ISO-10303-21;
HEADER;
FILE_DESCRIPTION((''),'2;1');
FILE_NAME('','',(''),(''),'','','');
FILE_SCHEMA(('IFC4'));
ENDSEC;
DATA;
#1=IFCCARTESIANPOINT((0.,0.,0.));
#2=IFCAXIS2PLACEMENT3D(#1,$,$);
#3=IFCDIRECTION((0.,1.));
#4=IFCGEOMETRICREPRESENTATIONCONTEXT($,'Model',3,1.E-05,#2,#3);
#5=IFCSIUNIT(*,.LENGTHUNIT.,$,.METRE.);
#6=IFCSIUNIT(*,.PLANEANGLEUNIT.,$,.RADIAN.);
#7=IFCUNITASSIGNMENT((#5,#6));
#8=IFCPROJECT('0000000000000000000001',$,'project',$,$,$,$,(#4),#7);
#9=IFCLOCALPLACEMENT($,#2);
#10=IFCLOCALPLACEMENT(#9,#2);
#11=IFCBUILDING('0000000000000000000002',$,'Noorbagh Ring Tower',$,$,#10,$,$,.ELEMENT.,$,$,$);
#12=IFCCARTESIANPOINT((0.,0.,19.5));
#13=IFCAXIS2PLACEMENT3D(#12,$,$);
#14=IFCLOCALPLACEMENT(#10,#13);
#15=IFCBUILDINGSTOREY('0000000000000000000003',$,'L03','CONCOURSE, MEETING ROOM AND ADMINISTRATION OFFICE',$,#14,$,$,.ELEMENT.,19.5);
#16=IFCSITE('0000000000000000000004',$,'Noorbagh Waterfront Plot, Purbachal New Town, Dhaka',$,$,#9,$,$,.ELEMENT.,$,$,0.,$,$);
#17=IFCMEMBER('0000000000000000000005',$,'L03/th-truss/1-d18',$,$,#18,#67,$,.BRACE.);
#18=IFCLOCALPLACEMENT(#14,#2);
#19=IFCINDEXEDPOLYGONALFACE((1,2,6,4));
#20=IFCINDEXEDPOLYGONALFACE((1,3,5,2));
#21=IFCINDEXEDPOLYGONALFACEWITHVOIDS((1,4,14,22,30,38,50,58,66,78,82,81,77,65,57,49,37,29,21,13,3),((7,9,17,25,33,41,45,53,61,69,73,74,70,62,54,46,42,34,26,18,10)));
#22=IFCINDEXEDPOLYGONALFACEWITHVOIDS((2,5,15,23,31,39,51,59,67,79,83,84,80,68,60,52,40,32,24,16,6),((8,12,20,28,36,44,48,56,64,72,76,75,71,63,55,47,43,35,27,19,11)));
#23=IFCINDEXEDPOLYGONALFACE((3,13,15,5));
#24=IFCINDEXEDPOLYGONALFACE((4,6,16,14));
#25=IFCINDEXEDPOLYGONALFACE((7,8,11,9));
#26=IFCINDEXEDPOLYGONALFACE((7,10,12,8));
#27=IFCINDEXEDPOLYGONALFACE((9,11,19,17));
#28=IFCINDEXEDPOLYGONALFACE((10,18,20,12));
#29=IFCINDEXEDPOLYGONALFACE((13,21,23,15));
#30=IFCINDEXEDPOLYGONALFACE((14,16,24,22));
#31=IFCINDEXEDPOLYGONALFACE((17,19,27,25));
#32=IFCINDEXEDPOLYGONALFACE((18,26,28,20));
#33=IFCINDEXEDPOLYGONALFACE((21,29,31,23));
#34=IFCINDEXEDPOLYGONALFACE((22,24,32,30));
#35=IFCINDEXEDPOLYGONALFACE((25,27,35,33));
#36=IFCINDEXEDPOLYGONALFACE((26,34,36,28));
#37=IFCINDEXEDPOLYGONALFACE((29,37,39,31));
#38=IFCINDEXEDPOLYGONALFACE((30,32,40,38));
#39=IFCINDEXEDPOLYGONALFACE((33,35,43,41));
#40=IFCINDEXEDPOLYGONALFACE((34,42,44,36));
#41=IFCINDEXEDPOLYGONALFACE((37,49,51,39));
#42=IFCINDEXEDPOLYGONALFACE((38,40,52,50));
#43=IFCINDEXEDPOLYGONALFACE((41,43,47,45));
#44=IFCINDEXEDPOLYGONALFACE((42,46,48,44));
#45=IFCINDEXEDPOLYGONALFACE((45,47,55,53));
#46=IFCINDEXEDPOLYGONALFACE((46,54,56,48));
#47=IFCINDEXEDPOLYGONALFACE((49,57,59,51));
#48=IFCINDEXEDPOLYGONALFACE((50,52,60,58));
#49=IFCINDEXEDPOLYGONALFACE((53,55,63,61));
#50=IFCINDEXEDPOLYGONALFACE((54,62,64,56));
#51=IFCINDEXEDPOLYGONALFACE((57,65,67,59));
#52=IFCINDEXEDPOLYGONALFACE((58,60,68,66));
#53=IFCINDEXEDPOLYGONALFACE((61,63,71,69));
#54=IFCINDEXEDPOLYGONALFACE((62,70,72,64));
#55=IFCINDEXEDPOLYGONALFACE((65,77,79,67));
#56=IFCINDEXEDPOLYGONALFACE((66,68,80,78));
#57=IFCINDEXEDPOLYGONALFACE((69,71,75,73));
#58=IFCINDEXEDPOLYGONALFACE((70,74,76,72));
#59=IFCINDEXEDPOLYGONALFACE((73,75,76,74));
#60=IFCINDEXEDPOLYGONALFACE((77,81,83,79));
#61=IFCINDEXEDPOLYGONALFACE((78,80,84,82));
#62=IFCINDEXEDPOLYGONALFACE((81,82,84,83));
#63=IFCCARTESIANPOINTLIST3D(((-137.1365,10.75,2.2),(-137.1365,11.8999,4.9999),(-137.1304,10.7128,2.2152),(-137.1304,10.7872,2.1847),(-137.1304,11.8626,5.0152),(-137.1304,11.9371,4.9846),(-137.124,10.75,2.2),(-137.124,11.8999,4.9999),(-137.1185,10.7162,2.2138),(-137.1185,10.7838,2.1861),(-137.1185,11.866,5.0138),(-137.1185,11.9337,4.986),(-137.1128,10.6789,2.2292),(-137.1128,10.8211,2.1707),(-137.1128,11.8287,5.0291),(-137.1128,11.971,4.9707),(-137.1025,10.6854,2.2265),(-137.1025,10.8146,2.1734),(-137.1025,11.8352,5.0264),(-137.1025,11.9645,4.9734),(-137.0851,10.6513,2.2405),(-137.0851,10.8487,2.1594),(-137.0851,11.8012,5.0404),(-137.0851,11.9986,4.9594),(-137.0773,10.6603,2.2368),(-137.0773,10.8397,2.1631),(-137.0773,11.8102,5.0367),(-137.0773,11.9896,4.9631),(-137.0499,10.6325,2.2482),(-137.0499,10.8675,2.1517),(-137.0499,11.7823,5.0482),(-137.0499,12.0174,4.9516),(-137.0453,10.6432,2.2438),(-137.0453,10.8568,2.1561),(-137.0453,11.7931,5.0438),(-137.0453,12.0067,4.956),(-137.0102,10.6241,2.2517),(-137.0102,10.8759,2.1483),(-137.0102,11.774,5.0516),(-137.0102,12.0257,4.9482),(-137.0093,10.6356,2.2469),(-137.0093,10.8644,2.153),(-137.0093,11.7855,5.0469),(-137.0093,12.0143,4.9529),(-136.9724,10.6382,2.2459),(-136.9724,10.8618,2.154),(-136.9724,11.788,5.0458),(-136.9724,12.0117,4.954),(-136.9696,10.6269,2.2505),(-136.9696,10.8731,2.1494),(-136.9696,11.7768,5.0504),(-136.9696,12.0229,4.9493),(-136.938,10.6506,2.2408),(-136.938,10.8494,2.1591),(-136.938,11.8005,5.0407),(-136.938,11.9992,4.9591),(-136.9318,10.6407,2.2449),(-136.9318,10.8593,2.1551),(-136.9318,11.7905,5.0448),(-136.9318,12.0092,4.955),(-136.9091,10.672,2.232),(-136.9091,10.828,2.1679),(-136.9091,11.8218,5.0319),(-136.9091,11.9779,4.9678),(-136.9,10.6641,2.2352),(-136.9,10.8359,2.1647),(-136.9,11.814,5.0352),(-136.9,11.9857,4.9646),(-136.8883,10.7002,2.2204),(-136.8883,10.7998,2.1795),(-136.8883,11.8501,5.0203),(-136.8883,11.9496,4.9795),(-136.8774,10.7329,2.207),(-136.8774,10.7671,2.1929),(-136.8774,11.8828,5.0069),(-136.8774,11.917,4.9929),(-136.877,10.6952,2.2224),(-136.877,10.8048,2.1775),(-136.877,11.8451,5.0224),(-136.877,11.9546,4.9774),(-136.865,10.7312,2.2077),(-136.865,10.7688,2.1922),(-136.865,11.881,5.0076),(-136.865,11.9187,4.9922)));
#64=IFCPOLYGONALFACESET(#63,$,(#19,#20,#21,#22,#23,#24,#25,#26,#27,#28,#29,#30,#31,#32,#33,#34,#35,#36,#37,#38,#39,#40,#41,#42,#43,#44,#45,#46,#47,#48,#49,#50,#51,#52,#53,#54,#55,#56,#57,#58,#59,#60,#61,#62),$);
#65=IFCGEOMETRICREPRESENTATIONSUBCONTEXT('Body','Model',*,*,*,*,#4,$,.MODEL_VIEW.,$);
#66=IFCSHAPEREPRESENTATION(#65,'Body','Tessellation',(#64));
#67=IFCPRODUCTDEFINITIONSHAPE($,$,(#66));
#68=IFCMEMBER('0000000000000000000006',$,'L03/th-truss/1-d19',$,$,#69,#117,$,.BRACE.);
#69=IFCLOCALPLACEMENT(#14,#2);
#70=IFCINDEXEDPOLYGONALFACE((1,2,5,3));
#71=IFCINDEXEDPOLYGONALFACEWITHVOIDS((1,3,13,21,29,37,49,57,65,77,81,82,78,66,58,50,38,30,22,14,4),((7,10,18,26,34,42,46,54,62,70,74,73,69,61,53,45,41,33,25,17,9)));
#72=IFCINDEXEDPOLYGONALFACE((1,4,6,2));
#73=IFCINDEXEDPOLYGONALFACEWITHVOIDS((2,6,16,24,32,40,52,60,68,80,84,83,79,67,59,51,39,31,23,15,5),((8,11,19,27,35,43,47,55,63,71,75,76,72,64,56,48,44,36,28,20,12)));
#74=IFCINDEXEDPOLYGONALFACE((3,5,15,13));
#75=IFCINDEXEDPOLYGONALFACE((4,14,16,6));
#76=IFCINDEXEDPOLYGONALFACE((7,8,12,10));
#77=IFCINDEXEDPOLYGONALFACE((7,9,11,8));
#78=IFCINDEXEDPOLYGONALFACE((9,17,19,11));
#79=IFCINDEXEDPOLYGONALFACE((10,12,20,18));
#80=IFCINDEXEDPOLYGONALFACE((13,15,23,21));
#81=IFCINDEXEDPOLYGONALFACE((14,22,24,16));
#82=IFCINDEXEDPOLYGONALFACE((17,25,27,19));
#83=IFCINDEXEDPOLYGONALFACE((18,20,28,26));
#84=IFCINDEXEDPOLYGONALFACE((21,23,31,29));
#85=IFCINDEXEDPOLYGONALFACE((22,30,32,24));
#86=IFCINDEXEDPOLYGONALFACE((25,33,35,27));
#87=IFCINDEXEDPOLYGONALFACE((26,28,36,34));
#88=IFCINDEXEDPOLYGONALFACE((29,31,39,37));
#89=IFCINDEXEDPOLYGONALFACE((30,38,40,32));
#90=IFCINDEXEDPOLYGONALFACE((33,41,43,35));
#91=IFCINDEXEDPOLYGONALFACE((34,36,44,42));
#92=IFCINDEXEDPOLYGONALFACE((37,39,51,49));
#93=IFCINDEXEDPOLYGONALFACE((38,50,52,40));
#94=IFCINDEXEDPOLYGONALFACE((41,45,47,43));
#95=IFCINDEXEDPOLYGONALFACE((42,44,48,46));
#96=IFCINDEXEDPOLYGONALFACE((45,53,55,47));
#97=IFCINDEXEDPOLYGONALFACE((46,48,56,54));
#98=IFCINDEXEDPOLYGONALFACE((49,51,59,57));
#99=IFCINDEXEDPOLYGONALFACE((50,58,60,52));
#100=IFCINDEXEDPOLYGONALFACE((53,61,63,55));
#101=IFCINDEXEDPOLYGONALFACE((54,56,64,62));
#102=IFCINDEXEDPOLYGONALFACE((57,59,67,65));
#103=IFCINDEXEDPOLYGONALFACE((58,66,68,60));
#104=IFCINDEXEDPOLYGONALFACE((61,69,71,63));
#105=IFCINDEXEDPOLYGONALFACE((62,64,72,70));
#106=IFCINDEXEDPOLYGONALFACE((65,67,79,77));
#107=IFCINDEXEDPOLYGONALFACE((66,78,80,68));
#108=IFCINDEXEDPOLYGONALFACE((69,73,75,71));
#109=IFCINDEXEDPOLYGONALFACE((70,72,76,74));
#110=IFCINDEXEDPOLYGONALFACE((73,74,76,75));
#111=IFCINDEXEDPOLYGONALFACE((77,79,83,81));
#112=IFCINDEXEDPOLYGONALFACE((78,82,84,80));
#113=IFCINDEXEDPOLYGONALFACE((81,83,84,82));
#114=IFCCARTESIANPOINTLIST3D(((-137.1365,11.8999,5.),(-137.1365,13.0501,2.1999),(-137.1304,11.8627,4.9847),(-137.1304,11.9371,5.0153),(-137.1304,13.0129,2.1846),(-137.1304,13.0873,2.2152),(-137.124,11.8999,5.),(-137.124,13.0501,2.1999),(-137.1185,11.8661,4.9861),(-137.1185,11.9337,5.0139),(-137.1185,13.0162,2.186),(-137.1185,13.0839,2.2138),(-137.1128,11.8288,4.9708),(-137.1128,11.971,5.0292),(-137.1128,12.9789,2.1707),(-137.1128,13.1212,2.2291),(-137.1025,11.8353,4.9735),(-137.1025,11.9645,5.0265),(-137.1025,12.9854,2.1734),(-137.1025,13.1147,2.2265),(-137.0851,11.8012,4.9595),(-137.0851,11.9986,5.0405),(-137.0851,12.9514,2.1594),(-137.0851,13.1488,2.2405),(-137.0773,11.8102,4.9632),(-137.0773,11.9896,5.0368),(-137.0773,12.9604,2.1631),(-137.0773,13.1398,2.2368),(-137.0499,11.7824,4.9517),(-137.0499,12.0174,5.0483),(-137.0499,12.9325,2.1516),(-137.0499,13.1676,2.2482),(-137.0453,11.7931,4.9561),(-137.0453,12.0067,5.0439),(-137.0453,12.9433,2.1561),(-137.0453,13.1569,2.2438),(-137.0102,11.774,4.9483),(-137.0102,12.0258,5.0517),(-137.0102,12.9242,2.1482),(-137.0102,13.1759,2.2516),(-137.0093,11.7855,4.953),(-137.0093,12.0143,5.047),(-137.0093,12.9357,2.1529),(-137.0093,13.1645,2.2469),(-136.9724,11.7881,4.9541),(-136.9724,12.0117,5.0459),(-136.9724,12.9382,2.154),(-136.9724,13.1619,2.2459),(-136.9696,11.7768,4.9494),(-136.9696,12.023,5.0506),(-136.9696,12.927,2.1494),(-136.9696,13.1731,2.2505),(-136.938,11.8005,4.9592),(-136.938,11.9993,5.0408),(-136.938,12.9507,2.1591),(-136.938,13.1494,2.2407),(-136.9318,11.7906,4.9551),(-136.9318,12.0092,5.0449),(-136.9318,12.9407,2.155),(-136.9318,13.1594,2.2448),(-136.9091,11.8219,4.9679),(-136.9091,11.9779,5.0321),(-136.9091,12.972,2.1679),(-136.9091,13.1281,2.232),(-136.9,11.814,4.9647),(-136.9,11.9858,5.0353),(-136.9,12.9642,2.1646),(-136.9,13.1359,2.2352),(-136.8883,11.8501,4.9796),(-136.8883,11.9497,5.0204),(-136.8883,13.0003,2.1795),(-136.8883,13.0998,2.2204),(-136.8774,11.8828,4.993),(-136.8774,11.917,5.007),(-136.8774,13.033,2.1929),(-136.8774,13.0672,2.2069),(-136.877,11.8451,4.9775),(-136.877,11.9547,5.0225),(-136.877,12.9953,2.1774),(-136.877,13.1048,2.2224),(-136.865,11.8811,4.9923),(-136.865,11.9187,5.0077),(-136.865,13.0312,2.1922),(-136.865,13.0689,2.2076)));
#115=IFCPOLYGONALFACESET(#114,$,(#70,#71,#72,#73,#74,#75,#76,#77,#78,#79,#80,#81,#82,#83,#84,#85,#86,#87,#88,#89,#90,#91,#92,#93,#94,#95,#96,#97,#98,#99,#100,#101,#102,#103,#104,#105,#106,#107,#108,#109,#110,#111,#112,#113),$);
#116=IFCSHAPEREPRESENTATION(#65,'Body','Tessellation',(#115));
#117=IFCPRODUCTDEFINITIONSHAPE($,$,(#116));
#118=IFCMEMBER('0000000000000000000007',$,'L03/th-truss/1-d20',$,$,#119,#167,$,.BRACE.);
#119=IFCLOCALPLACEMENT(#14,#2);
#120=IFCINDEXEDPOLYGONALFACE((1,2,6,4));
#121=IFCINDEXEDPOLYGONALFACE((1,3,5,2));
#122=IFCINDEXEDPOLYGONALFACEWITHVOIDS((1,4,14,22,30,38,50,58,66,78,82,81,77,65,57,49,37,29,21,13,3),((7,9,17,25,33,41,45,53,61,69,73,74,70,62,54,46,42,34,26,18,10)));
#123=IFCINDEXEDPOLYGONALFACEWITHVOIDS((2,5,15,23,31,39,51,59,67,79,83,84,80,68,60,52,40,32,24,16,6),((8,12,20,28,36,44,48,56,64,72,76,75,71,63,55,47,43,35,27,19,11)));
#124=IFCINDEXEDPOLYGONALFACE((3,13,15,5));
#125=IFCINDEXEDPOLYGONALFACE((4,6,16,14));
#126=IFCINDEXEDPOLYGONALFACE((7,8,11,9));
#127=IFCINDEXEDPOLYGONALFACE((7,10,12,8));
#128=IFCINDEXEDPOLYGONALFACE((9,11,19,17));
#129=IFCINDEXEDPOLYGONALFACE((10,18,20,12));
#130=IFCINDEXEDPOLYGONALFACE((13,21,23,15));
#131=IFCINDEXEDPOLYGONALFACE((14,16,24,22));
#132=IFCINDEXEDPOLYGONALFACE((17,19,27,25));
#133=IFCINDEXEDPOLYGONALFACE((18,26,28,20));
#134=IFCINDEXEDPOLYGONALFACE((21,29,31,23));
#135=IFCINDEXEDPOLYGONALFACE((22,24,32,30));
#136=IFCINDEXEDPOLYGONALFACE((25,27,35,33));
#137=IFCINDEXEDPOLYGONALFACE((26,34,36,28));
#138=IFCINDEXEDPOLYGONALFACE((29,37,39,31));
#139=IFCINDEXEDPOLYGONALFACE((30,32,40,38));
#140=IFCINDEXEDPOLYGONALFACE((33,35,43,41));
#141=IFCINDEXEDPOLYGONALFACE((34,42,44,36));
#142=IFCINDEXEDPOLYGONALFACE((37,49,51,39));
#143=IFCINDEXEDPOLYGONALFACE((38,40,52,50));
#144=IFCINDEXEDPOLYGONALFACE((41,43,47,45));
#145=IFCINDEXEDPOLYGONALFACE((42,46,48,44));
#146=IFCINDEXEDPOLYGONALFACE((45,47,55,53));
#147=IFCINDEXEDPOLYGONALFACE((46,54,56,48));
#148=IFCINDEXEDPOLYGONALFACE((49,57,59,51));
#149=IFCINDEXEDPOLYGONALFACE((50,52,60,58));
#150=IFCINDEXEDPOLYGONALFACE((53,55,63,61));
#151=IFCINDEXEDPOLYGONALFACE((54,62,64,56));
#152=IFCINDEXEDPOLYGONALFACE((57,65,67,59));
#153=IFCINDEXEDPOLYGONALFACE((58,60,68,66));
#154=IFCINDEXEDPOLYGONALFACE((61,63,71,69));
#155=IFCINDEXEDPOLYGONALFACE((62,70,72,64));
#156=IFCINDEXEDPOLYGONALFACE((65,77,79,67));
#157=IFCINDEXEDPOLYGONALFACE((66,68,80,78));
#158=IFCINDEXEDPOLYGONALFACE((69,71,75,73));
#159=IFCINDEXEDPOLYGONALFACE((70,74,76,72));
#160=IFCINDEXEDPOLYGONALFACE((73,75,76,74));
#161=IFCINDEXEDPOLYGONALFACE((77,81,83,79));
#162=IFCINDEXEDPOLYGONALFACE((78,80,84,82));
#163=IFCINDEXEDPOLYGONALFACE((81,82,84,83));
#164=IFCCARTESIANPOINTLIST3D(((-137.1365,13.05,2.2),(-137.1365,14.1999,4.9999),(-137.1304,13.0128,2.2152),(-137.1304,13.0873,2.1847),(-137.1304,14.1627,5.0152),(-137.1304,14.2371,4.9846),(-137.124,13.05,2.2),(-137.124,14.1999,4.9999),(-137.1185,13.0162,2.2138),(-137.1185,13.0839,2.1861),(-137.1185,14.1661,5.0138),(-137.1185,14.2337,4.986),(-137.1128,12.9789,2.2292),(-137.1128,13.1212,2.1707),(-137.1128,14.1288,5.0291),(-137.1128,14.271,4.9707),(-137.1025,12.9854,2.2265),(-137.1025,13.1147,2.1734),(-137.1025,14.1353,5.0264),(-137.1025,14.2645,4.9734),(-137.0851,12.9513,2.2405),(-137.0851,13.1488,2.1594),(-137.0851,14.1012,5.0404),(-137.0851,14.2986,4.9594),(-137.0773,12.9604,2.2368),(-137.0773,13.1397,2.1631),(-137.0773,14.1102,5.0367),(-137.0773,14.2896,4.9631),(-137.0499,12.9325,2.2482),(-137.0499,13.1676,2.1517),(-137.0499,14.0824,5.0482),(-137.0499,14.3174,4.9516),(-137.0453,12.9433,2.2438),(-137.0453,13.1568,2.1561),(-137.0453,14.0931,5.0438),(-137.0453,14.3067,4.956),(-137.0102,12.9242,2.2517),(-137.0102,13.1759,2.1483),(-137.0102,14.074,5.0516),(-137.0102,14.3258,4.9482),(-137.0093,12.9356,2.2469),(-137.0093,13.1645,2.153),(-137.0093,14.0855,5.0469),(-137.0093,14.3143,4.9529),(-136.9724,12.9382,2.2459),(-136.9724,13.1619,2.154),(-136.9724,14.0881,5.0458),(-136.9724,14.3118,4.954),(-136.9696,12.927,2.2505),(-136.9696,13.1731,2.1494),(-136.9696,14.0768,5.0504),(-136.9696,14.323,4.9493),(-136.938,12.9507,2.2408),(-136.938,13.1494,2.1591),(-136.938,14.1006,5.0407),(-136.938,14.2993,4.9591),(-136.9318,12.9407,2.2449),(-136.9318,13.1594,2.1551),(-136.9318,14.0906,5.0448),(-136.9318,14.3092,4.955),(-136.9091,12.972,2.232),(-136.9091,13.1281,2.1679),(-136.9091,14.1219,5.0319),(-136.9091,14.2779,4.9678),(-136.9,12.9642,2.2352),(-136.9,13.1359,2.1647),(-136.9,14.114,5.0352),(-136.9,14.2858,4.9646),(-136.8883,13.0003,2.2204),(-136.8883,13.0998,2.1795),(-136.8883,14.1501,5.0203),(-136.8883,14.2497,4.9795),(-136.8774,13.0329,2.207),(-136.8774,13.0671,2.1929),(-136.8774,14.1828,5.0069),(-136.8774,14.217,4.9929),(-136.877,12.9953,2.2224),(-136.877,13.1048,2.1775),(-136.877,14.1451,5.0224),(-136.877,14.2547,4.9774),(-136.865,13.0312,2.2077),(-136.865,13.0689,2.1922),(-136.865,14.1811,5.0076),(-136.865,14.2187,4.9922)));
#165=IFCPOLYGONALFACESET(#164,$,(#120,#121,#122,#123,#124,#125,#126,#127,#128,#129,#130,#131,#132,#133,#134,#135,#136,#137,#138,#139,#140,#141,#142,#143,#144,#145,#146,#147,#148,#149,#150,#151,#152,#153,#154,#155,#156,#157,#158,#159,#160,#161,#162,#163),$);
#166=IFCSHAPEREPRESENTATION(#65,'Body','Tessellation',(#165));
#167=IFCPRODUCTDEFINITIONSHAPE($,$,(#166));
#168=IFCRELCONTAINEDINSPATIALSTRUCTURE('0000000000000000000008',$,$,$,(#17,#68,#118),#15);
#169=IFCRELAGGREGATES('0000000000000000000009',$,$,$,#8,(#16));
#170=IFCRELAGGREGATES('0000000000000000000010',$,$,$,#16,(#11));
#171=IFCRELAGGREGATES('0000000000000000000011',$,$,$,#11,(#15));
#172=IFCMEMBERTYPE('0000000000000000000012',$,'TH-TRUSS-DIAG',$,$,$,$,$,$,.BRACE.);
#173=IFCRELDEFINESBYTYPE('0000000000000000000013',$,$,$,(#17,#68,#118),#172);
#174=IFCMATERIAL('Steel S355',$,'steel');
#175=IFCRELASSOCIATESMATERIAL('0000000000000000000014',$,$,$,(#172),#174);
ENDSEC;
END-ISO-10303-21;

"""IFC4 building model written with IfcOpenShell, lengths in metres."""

from ifc_helpers import new_model, si_unit, direction, frame, origin, origin_2d, place, context, subcontext, project, spatial, hollow_circle, extrude, material, material_profile, profile_set, type_object, element, save


model = new_model("IFC4")

# Units and contexts
model_context = context("Model", 3, precision=1e-05, world=origin(), true_north=direction((0.0, 1.0)))
body_context = subcontext(model_context, "Body", "Model", "MODEL_VIEW")
ifc_project = project(units=[si_unit("LENGTHUNIT", "METRE"), si_unit("PLANEANGLEUNIT", "RADIAN")], contexts=[model_context])

# Site, building, storey
site_placement = place(None, origin())
site = spatial("IfcSite", under=ifc_project, at=site_placement, Name="Noorbagh Waterfront Plot, Purbachal New Town, Dhaka", CompositionType="ELEMENT", RefElevation=0.0)
building_placement = place(site_placement, origin())
building = spatial("IfcBuilding", under=site, at=building_placement, Name="Noorbagh Ring Tower", CompositionType="ELEMENT")
storey_placement = place(building_placement, frame((0.0, 0.0, 19.5)))
storey = spatial("IfcBuildingStorey", under=building, at=storey_placement, Name="L03", Description="CONCOURSE, MEETING ROOM AND ADMINISTRATION OFFICE", CompositionType="ELEMENT", Elevation=19.5)

# Members
ifc_material_1 = material(Name="Steel S355", Category="steel")
ifc_material_profile = material_profile(ifc_material_1, hollow_circle(Radius=0.1365, WallThickness=0.0125, at=origin_2d()), Name="CHS273x12.5")
ifc_profile_set = profile_set([ifc_material_profile], Name="Steel S355")
member_type = type_object("IfcMemberType", Name="TH-TRUSS-DIAG", PredefinedType="BRACE", material=ifc_profile_set)
for number, where, z_axis, x_axis, name in (
    (1, (-137.0, 10.75, 2.2), (0.0, 0.379886, 0.925033), (-1.0, 0.0, 0.0), "L03/th-truss/1-d18"),
):
    element("IfcMember", number, at=place(storey_placement, frame(where, z_axis=z_axis, x_axis=x_axis)), inside=storey, type_object=member_type, Name=name, PredefinedType="BRACE", context=body_context, shape_type="SweptSolid", body=[
        extrude(hollow_circle(Radius=0.1365, WallThickness=0.0125, at=origin_2d()), origin(), (0.0, 0.0, 1.0), 3.0269),
    ])
member_1_placement = place(storey_placement, frame((-137.0, 11.8999, 5.0), z_axis=(0.0, 0.379955, -0.925005), x_axis=(-1.0, 0.0, 0.0)))
element("IfcMember", 2, at=member_1_placement, inside=storey, type_object=member_type, Name="L03/th-truss/1-d19", PredefinedType="BRACE", context=body_context, shape_type="SweptSolid", body=[
    extrude(hollow_circle(Radius=0.1365, WallThickness=0.0125, at=origin_2d()), origin(), (0.0, 0.0, 1.0), 3.0271),
])
member_2_placement = place(storey_placement, frame((-137.0, 13.05, 2.2), z_axis=(0.0, 0.379886, 0.925033), x_axis=(-1.0, 0.0, 0.0)))
element("IfcMember", 3, at=member_2_placement, inside=storey, type_object=member_type, Name="L03/th-truss/1-d20", PredefinedType="BRACE", context=body_context, shape_type="SweptSolid", body=[
    extrude(hollow_circle(Radius=0.1365, WallThickness=0.0125, at=origin_2d()), origin(), (0.0, 0.0, 1.0), 3.0269),
])

save(model, "model.ifc")
